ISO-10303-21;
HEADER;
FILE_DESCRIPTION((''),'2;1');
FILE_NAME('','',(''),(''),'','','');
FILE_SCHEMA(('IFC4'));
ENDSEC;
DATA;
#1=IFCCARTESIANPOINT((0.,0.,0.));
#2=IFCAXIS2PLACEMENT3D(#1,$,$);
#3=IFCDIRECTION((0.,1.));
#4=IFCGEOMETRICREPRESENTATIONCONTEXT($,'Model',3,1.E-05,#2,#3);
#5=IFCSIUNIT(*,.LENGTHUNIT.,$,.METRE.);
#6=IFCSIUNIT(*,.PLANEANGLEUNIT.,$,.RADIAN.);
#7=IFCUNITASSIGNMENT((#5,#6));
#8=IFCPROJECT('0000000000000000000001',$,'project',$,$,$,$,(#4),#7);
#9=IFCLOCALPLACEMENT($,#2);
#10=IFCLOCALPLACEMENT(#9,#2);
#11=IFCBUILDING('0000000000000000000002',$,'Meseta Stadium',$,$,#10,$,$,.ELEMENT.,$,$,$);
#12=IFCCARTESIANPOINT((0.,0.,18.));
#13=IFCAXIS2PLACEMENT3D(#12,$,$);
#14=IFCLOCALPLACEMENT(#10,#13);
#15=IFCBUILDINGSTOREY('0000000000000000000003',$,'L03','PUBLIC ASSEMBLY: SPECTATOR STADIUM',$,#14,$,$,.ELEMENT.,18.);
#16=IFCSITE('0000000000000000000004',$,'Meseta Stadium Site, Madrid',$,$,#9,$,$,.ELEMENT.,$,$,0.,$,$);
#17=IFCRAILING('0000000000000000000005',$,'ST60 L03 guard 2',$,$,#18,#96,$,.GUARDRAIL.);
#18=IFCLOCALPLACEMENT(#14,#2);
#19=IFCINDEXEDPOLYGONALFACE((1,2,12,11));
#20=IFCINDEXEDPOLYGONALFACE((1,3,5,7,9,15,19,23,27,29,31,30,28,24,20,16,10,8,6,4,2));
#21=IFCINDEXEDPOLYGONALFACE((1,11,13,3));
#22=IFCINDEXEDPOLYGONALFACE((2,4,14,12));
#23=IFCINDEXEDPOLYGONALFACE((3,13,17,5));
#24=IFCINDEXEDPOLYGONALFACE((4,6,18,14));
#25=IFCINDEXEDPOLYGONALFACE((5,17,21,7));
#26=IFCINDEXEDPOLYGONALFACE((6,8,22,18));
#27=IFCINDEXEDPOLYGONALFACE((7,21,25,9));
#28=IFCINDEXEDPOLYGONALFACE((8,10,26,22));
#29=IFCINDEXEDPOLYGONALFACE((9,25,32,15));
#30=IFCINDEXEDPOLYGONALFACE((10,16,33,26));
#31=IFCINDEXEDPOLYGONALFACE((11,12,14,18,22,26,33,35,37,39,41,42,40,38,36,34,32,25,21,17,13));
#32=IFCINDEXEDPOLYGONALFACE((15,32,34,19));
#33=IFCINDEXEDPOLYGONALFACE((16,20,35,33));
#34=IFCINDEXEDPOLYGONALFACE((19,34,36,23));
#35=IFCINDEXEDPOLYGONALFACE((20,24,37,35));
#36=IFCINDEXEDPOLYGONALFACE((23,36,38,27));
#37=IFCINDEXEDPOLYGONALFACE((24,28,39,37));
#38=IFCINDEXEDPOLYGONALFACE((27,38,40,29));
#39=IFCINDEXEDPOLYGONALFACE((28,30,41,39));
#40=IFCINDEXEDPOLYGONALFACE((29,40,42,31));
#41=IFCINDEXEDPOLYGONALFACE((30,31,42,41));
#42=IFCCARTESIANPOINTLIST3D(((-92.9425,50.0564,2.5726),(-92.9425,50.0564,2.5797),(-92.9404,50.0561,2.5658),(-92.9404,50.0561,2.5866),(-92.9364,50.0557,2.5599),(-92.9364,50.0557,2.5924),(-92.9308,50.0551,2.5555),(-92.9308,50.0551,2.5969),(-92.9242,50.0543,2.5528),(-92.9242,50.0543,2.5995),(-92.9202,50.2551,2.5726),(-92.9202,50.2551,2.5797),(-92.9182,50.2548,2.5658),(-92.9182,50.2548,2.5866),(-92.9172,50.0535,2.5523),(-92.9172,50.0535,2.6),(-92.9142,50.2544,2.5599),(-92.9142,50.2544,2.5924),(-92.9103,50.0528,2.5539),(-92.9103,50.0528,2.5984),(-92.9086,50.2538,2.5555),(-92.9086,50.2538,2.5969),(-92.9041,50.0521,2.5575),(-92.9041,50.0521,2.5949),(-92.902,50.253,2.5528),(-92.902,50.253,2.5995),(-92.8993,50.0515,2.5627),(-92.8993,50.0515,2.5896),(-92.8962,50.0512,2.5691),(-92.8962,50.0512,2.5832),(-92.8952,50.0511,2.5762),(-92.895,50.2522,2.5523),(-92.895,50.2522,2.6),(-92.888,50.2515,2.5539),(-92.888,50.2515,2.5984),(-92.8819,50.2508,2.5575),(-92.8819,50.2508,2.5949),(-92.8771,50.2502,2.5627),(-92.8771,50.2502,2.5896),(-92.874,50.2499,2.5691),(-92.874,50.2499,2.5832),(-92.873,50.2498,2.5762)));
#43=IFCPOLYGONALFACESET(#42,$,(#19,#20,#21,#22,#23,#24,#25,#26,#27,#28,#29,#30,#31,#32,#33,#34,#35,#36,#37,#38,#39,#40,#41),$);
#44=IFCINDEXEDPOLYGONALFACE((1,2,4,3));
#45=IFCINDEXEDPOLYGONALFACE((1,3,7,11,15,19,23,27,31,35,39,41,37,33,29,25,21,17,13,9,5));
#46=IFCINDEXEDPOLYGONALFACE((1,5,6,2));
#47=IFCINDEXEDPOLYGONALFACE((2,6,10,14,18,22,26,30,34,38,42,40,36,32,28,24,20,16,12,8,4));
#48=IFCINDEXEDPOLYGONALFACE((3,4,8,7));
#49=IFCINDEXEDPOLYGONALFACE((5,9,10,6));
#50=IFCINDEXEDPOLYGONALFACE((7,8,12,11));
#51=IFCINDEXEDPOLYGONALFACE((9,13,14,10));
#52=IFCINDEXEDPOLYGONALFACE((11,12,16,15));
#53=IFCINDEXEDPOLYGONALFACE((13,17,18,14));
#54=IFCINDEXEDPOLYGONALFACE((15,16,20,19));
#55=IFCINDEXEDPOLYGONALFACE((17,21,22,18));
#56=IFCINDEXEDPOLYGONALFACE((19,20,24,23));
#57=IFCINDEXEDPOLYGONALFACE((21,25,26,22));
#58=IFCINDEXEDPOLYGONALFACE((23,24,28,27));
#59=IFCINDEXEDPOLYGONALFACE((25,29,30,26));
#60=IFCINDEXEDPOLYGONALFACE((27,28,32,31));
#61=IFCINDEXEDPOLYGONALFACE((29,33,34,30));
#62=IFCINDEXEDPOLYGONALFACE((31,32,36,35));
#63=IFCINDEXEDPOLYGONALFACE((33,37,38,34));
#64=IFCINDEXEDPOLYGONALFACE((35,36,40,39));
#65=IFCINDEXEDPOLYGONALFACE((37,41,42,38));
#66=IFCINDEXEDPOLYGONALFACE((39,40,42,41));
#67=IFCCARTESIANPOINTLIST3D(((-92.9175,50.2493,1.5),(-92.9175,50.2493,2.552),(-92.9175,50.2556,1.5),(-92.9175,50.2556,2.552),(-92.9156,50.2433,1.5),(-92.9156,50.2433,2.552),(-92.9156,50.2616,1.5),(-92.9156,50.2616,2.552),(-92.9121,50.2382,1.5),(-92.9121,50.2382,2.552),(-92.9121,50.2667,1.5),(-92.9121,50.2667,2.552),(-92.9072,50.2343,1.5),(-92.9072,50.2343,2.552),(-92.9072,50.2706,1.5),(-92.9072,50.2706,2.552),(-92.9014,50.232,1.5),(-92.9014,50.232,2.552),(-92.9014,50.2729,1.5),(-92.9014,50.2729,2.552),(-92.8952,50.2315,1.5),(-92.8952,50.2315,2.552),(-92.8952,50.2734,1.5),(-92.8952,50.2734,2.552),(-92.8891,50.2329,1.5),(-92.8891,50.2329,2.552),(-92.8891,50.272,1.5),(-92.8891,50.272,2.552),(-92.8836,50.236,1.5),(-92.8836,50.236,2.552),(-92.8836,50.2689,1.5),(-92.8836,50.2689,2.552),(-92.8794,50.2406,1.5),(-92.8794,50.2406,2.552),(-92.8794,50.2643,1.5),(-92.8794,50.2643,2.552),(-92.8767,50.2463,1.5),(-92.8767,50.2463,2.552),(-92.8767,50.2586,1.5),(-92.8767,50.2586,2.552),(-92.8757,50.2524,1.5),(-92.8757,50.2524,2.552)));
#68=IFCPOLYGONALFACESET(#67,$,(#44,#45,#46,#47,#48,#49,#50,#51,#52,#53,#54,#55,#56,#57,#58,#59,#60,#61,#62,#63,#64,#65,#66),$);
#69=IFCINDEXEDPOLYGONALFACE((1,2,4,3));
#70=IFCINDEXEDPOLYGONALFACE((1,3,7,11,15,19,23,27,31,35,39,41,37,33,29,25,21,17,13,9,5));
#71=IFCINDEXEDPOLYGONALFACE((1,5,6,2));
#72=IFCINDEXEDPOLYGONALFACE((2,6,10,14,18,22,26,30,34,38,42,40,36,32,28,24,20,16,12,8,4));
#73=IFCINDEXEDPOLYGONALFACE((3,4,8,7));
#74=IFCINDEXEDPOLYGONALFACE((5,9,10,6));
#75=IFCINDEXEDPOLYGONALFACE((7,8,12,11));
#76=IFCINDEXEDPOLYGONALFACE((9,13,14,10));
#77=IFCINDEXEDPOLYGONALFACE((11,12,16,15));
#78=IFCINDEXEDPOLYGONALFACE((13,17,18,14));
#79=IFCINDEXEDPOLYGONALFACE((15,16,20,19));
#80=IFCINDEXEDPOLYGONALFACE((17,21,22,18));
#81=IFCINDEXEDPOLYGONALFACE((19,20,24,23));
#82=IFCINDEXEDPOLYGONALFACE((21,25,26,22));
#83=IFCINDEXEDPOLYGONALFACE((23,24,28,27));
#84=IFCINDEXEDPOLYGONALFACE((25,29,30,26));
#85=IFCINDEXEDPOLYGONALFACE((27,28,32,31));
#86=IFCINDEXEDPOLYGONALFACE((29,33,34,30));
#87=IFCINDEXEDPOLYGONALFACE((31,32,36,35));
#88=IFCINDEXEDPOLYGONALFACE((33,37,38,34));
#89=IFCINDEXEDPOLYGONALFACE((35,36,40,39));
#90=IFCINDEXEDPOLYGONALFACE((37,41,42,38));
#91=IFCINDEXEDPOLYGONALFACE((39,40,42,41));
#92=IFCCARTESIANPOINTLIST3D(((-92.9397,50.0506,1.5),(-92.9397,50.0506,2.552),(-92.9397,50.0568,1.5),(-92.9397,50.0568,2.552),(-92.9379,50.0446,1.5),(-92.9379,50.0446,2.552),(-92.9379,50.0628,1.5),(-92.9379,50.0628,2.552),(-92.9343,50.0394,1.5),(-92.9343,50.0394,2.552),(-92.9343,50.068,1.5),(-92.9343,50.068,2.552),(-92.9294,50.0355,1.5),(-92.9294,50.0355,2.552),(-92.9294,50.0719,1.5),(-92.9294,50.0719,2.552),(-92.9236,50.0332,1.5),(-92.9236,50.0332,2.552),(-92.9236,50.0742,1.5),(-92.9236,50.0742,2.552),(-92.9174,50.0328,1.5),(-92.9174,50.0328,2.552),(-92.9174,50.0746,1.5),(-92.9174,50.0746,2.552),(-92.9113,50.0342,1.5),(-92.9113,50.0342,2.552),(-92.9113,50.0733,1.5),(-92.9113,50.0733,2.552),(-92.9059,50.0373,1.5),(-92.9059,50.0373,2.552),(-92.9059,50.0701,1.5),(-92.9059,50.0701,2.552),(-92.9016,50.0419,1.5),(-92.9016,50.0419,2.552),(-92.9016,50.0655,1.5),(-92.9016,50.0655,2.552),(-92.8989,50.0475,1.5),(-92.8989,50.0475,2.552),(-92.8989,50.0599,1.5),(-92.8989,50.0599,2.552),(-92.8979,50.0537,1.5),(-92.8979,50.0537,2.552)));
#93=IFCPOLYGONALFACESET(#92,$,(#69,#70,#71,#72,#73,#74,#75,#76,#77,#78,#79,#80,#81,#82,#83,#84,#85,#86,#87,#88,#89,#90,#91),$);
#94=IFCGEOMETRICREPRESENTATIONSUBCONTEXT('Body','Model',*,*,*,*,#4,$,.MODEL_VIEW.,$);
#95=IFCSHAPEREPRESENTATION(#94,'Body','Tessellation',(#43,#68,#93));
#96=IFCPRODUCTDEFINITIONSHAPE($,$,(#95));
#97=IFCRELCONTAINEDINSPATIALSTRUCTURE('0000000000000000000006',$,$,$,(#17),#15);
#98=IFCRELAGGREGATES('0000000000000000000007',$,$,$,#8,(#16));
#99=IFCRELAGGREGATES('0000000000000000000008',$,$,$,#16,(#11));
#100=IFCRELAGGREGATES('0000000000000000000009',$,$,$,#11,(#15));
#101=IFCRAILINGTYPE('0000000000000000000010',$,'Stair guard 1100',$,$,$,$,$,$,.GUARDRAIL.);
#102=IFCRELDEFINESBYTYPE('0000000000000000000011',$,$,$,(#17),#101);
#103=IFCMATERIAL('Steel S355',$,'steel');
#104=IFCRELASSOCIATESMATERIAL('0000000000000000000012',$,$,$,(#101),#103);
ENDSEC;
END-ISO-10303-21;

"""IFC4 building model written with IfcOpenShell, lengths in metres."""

from ifc_helpers import new_model, si_unit, direction, frame, origin, origin_2d, place, context, subcontext, project, spatial, circle, extrude, material, type_object, element, save


model = new_model("IFC4")

# Units and contexts
model_context = context("Model", 3, precision=1e-05, world=origin(), true_north=direction((0.0, 1.0)))
body_context = subcontext(model_context, "Body", "Model", "MODEL_VIEW")
ifc_project = project(units=[si_unit("LENGTHUNIT", "METRE"), si_unit("PLANEANGLEUNIT", "RADIAN")], contexts=[model_context])

# Site, building, storey
site_placement = place(None, origin())
site = spatial("IfcSite", under=ifc_project, at=site_placement, Name="Meseta Stadium Site, Madrid", CompositionType="ELEMENT", RefElevation=0.0)
building_placement = place(site_placement, origin())
building = spatial("IfcBuilding", under=site, at=building_placement, Name="Meseta Stadium", CompositionType="ELEMENT")
storey_placement = place(building_placement, frame((0.0, 0.0, 18.0)))
storey = spatial("IfcBuildingStorey", under=building, at=storey_placement, Name="L03", Description="PUBLIC ASSEMBLY: SPECTATOR STADIUM", CompositionType="ELEMENT", Elevation=18.0)

# Railing
ifc_material_1 = material(Name="Steel S355", Category="steel")
railing_type_1 = type_object("IfcRailingType", Name="Stair guard 1100", PredefinedType="GUARDRAIL", material=ifc_material_1)
railing_1_placement = place(storey_placement, frame((-92.8967, 50.2524, 1.5)))
element("IfcRailing", 1, at=railing_1_placement, inside=storey, type_object=railing_type_1, Name="ST60 L03 guard 2", PredefinedType="GUARDRAIL", context=body_context, shape_type="SweptSolid", body=[
    extrude(circle(Radius=0.0239, at=origin_2d()), frame((0.0, 0.0, 1.0762), z_axis=(-0.111102, -0.993809, 0.0), x_axis=(0.993809, -0.111102, 0.0)), (0.0, 0.0, 1.0), 0.2),
    extrude(circle(Radius=0.021, at=origin_2d()), origin(), (0.0, 0.0, 1.0), 1.052),
    extrude(circle(Radius=0.021, at=origin_2d()), frame((-0.0222, -0.1987, 0.0)), (0.0, 0.0, 1.0), 1.052),
])

save(model, "model.ifc")
